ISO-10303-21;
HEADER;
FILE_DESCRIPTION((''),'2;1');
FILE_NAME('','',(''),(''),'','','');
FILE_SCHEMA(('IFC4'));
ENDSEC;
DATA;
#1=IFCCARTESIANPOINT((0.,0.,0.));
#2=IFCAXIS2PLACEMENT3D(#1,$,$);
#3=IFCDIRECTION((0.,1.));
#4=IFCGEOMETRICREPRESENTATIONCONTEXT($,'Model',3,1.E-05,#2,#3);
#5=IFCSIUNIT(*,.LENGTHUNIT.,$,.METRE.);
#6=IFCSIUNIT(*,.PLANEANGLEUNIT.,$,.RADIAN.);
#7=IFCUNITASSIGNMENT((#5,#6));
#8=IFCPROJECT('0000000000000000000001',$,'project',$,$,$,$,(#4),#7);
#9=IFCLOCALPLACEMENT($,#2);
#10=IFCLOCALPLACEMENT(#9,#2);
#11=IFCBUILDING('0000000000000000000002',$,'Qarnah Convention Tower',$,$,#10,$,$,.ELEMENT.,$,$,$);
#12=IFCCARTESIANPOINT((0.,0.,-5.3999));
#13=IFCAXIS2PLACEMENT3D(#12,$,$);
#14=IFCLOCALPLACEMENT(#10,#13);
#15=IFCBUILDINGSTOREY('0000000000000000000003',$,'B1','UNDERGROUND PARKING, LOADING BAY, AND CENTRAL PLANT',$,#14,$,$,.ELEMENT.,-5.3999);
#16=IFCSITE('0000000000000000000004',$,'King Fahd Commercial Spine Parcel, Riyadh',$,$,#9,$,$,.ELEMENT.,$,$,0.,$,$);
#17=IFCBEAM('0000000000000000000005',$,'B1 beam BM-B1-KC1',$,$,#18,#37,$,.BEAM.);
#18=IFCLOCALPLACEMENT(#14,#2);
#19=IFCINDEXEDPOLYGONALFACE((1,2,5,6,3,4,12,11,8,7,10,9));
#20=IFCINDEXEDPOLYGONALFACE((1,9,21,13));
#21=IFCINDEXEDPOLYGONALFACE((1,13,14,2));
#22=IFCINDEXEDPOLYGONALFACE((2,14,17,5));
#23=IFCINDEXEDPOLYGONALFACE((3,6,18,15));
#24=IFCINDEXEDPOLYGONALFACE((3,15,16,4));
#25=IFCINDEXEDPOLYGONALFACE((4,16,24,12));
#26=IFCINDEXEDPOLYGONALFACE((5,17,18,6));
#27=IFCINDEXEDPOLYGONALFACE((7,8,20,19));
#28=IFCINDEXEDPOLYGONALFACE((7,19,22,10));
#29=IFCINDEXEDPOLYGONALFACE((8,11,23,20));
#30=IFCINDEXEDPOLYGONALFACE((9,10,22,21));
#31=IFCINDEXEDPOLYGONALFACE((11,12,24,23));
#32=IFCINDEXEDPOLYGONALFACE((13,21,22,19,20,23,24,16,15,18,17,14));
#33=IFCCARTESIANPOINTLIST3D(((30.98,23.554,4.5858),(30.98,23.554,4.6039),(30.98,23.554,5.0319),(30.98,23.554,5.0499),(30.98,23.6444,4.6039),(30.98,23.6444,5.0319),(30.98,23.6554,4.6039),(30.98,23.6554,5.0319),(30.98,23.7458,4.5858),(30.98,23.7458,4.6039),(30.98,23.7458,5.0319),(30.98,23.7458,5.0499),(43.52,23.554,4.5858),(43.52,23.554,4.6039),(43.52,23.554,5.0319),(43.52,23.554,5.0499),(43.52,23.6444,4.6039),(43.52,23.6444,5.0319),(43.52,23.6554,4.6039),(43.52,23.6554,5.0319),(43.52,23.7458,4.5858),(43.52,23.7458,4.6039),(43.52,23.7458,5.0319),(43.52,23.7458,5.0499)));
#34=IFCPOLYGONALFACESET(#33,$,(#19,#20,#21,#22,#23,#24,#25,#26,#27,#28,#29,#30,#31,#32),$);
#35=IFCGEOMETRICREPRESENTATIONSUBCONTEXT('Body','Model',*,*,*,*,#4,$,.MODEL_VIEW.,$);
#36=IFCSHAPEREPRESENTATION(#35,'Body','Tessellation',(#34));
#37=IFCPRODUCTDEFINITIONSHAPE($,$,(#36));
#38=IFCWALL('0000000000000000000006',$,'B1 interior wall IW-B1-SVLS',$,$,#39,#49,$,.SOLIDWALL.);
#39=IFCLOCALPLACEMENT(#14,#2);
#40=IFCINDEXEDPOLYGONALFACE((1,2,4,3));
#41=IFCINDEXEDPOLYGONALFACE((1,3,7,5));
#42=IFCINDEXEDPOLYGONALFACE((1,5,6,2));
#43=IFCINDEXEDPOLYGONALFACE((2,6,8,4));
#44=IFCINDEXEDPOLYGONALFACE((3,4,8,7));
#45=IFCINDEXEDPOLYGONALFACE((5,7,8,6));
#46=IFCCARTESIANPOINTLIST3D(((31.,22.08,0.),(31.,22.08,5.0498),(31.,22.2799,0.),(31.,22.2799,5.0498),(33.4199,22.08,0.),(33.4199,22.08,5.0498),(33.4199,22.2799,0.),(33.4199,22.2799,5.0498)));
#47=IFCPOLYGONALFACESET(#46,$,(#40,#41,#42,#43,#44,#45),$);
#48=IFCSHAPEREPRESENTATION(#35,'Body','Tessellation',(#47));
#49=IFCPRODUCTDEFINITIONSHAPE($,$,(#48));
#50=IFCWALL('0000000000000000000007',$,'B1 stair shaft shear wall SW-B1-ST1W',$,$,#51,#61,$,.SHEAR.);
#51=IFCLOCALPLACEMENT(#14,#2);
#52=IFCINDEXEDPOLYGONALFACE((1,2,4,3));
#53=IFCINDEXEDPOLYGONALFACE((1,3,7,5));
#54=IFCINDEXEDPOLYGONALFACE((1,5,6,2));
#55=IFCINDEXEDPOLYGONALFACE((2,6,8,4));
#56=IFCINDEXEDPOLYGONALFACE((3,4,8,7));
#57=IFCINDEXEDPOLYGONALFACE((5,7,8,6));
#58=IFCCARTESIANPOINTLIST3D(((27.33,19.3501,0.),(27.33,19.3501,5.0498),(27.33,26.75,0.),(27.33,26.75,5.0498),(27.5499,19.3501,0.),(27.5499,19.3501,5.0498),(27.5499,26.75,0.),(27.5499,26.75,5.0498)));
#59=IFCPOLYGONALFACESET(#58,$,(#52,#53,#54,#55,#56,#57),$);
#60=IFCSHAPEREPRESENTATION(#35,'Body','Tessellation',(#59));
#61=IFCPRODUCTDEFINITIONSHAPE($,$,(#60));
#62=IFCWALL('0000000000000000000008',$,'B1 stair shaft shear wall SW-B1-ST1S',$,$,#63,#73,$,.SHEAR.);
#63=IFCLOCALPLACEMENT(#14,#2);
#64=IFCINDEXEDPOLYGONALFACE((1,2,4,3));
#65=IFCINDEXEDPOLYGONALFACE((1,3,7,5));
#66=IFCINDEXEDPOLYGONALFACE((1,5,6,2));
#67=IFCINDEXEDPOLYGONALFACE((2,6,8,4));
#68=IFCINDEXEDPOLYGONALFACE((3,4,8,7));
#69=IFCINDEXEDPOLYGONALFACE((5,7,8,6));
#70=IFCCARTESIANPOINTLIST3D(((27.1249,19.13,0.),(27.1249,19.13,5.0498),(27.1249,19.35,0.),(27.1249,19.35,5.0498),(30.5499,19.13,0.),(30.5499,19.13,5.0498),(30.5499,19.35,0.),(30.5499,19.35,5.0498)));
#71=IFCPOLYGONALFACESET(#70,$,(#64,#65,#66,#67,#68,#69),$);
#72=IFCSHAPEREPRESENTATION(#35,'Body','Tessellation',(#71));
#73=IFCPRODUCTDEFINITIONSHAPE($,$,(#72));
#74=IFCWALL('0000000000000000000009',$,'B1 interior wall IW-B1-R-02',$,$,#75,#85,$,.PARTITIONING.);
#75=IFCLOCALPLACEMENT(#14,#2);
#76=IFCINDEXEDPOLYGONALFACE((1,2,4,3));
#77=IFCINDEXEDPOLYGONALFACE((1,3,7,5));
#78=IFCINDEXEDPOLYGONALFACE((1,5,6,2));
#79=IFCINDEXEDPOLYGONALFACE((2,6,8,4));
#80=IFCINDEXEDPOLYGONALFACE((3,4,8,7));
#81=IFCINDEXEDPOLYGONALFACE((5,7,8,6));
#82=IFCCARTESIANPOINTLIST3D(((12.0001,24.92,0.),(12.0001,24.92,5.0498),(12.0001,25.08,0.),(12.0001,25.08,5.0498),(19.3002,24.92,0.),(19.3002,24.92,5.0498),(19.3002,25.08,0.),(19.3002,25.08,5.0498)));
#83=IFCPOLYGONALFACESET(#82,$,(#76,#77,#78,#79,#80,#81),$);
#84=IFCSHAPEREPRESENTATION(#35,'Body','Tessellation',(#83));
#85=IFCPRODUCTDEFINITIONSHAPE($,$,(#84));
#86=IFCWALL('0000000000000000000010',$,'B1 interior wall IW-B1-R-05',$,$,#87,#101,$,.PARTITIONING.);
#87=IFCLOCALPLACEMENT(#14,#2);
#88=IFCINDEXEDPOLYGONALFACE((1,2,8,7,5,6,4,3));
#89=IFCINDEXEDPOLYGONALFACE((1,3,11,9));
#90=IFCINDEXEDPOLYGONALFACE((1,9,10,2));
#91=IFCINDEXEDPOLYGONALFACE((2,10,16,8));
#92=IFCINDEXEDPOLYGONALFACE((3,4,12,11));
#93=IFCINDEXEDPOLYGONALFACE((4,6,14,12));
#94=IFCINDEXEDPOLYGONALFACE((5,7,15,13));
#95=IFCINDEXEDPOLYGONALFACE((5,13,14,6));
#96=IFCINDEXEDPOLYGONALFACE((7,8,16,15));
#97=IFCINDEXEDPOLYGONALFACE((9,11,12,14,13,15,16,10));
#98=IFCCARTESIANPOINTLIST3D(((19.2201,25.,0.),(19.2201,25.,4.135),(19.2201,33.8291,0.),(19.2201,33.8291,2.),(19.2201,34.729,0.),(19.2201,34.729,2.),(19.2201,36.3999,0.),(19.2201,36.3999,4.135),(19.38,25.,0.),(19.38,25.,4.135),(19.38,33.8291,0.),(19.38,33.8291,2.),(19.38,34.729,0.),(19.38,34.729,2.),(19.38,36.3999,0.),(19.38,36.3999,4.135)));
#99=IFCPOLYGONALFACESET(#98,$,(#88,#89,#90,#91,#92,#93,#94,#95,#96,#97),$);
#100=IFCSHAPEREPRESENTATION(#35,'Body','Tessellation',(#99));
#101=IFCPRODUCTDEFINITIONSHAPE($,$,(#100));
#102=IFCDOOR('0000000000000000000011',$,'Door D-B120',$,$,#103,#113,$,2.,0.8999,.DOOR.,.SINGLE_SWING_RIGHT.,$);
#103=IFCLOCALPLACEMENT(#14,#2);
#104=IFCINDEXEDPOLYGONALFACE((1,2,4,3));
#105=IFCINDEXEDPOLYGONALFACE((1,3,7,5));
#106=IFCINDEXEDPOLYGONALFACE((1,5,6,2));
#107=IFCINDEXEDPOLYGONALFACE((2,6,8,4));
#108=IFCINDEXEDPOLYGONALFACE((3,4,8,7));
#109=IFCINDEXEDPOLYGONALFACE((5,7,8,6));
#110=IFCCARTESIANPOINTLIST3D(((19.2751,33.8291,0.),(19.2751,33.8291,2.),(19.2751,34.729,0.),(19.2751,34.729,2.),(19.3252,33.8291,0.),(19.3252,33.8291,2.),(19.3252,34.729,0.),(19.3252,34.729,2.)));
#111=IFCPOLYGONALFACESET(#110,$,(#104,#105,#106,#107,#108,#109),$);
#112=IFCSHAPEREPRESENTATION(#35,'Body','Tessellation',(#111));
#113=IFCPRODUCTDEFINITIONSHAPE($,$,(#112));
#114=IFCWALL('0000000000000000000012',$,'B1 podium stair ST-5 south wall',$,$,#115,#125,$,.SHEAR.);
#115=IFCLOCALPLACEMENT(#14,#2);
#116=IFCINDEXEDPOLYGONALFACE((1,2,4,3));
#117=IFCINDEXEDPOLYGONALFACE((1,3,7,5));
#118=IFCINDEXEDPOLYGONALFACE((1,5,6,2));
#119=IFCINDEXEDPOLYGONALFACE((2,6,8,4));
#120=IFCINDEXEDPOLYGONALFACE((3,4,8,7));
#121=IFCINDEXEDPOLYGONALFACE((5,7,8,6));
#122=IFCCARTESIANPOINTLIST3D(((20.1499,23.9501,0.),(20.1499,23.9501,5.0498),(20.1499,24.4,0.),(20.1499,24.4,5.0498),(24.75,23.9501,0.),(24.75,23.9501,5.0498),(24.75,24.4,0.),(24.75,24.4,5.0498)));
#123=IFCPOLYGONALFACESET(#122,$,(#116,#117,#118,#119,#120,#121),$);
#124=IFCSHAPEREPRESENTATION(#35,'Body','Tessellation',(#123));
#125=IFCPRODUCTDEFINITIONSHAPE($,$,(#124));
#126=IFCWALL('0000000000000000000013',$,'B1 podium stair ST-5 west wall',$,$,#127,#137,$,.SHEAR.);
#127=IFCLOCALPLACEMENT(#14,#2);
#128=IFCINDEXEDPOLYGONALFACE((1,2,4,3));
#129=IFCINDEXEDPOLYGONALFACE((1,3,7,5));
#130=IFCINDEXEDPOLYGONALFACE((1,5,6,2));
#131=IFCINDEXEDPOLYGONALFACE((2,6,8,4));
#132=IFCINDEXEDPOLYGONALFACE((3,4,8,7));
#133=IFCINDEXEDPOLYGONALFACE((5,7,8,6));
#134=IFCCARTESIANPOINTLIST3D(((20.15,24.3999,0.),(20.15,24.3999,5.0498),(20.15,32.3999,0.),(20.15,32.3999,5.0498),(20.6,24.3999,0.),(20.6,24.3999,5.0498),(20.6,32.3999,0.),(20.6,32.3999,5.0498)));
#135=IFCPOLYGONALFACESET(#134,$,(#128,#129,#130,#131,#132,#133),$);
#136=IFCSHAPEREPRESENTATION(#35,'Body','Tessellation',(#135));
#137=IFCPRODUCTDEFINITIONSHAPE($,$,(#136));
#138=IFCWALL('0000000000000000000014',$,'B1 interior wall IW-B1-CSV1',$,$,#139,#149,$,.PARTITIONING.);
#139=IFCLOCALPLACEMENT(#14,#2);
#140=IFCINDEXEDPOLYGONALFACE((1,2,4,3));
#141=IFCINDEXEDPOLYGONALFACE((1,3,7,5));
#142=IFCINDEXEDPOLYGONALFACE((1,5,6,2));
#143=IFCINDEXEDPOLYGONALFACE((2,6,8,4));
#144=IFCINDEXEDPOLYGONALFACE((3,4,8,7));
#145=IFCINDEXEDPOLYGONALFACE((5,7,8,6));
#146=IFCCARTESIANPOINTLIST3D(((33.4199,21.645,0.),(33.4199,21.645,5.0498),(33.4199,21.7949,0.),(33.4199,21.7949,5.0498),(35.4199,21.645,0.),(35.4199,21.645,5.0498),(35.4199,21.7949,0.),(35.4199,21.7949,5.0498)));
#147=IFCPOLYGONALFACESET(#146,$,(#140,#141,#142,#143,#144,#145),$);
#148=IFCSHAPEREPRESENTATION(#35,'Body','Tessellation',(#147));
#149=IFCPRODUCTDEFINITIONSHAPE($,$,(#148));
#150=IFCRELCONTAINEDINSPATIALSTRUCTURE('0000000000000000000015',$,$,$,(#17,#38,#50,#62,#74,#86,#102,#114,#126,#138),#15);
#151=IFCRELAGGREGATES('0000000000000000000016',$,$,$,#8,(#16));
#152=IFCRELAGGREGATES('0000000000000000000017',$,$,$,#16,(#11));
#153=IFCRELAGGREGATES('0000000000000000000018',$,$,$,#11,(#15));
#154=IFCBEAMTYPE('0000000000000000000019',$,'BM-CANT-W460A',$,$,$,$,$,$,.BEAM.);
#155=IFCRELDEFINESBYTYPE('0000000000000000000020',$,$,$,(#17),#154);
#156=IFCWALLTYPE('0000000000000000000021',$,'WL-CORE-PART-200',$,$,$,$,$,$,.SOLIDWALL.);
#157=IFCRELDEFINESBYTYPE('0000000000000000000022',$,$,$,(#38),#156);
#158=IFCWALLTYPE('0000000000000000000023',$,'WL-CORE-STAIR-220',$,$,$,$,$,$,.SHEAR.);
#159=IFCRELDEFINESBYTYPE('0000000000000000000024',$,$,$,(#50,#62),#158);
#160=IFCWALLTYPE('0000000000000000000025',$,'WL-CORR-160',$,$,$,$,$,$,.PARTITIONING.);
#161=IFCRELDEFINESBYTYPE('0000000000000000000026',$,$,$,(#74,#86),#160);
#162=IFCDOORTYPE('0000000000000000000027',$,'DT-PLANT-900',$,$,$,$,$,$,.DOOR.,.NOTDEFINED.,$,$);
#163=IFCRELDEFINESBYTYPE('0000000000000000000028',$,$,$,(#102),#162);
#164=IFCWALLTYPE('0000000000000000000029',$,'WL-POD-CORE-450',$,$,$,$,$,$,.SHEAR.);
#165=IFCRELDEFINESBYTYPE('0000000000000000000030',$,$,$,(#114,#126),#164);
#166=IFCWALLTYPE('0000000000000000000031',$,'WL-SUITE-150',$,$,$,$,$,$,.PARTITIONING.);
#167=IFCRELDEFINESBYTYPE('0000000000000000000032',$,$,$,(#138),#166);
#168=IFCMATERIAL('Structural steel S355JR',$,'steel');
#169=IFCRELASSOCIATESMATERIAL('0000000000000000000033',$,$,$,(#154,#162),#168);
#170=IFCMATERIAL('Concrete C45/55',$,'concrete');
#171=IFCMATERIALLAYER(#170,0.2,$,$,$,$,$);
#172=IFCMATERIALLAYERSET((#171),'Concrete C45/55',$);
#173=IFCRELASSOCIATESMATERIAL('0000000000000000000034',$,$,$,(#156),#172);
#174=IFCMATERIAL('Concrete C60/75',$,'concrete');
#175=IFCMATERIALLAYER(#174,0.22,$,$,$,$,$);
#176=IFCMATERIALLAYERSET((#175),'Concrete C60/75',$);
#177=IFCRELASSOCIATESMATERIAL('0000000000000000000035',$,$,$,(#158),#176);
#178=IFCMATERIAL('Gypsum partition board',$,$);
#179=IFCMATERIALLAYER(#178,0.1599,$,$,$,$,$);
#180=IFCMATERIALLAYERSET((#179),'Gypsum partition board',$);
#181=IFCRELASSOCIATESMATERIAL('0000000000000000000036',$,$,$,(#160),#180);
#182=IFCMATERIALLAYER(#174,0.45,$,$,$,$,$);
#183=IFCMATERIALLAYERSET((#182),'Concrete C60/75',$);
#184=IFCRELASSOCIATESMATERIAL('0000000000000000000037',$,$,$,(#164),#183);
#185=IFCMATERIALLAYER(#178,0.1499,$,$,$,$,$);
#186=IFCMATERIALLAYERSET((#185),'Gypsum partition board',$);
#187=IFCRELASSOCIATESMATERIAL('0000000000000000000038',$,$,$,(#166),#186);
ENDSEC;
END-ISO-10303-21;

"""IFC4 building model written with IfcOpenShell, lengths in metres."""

from ifc_helpers import new_model, si_unit, direction, frame, frame_2d, origin, origin_2d, place, context, subcontext, project, spatial, rectangle, i_section, extrude, material, layer, layer_set, material_profile, profile_set, type_object, element, fill, save


model = new_model("IFC4")

# Units and contexts
model_context = context("Model", 3, precision=1e-05, world=origin(), true_north=direction((0.0, 1.0)))
body_context = subcontext(model_context, "Body", "Model", "MODEL_VIEW")
ifc_project = project(units=[si_unit("LENGTHUNIT", "METRE"), si_unit("PLANEANGLEUNIT", "RADIAN")], contexts=[model_context])

# Site, building, storey
site_placement = place(None, origin())
site = spatial("IfcSite", under=ifc_project, at=site_placement, Name="King Fahd Commercial Spine Parcel, Riyadh", CompositionType="ELEMENT", RefElevation=0.0)
building_placement = place(site_placement, origin())
building = spatial("IfcBuilding", under=site, at=building_placement, Name="Qarnah Convention Tower", CompositionType="ELEMENT")
storey_placement = place(building_placement, frame((0.0, 0.0, -5.3999)))
storey = spatial("IfcBuildingStorey", under=building, at=storey_placement, Name="B1", Description="UNDERGROUND PARKING, LOADING BAY, AND CENTRAL PLANT", CompositionType="ELEMENT", Elevation=-5.3999)

# Shared definitions
ifc_material_1 = material(Name="Structural steel S355JR", Category="steel")

# Beam
ifc_material_profile_1 = material_profile(ifc_material_1, i_section(OverallWidth=0.1919, OverallDepth=0.4641, WebThickness=0.011, FlangeThickness=0.0181, at=origin_2d()), Name="W460X89")
ifc_profile_set_1 = profile_set([ifc_material_profile_1], Name="Structural steel S355JR")
beam_type = type_object("IfcBeamType", Name="BM-CANT-W460A", PredefinedType="BEAM", material=ifc_profile_set_1)
beam_placement = place(storey_placement, frame((30.98, 23.6499, 4.8179), z_axis=(1.0, 0.0, 0.0), x_axis=(0.0, 1.0, 0.0)))
element("IfcBeam", 1, at=beam_placement, inside=storey, type_object=beam_type, Name="B1 beam BM-B1-KC1", PredefinedType="BEAM", context=body_context, shape_type="SweptSolid", body=[
    extrude(i_section(OverallWidth=0.1919, OverallDepth=0.4641, WebThickness=0.011, FlangeThickness=0.0181, at=origin_2d()), origin(), (0.0, 0.0, 1.0), 12.54),
])

# Shared definitions
ifc_material_2 = material(Name="Concrete C45/55", Category="concrete")
ifc_layer_1 = layer(ifc_material_2, 0.2)
ifc_layer_set_1 = layer_set([ifc_layer_1], Name="Concrete C45/55")
wall_type_1 = type_object("IfcWallType", Name="WL-CORE-PART-200", PredefinedType="SOLIDWALL", material=ifc_layer_set_1)

# Walls
wall_1_placement = place(storey_placement, frame((31.0, 22.1799, 0.0), z_axis=(0.0, 0.0, 1.0), x_axis=(1.0, 0.0, 0.0)))
element("IfcWall", 2, at=wall_1_placement, inside=storey, type_object=wall_type_1, Name="B1 interior wall IW-B1-SVLS", PredefinedType="SOLIDWALL", context=body_context, shape_type="SweptSolid", body=[
    extrude(rectangle(XDim=2.4199, YDim=0.2, at=frame_2d((1.21, 0.0))), origin(), (0.0, 0.0, 1.0), 5.0498),
])
ifc_material_3 = material(Name="Concrete C60/75", Category="concrete")
ifc_layer_2 = layer(ifc_material_3, 0.22)
ifc_layer_set_2 = layer_set([ifc_layer_2], Name="Concrete C60/75")
wall_type_2 = type_object("IfcWallType", Name="WL-CORE-STAIR-220", PredefinedType="SHEAR", material=ifc_layer_set_2)
wall_2_placement = place(storey_placement, frame((27.4399, 19.3501, 0.0), z_axis=(0.0, 0.0, 1.0), x_axis=(0.0, 1.0, 0.0)))
element("IfcWall", 3, at=wall_2_placement, inside=storey, type_object=wall_type_2, Name="B1 stair shaft shear wall SW-B1-ST1W", PredefinedType="SHEAR", context=body_context, shape_type="SweptSolid", body=[
    extrude(rectangle(XDim=7.3999, YDim=0.22, at=frame_2d((3.7, 0.0))), origin(), (0.0, 0.0, 1.0), 5.0498),
])
wall_3_placement = place(storey_placement, frame((27.125, 19.24, 0.0), z_axis=(0.0, 0.0, 1.0), x_axis=(1.0, 0.0, 0.0)))
element("IfcWall", 4, at=wall_3_placement, inside=storey, type_object=wall_type_2, Name="B1 stair shaft shear wall SW-B1-ST1S", PredefinedType="SHEAR", context=body_context, shape_type="SweptSolid", body=[
    extrude(rectangle(XDim=3.425, YDim=0.22, at=frame_2d((1.7124, 0.0))), origin(), (0.0, 0.0, 1.0), 5.0498),
])
ifc_material_4 = material(Name="Gypsum partition board")
ifc_layer_3 = layer(ifc_material_4, 0.1599)
ifc_layer_set_3 = layer_set([ifc_layer_3], Name="Gypsum partition board")
wall_type_3 = type_object("IfcWallType", Name="WL-CORR-160", PredefinedType="PARTITIONING", material=ifc_layer_set_3)
wall_4_placement = place(storey_placement, frame((19.3, 25.0, 0.0), z_axis=(0.0, 0.0, 1.0), x_axis=(-1.0, 0.0, 0.0)))
element("IfcWall", 5, at=wall_4_placement, inside=storey, type_object=wall_type_3, Name="B1 interior wall IW-B1-R-02", PredefinedType="PARTITIONING", context=body_context, shape_type="SweptSolid", body=[
    extrude(rectangle(XDim=7.3, YDim=0.1599, at=frame_2d((3.6499, 0.0))), origin(), (0.0, 0.0, 1.0), 5.0498),
])

# Wall, opening, door
wall_5_placement = place(storey_placement, frame((19.3, 25.0, 0.0), z_axis=(0.0, 0.0, 1.0), x_axis=(0.0, 1.0, 0.0)))
wall_5 = element("IfcWall", 6, at=wall_5_placement, inside=storey, type_object=wall_type_3, Name="B1 interior wall IW-B1-R-05", PredefinedType="PARTITIONING", context=body_context, shape_type="SweptSolid", body=[
    extrude(rectangle(XDim=11.3999, YDim=0.1599, at=frame_2d((5.7, 0.0))), origin(), (0.0, 0.0, 1.0), 4.135),
])
opening_1_placement = place(wall_5_placement, frame((8.8291, 0.0, 0.0)))
opening_1 = element("IfcOpeningElement", 7, at=opening_1_placement, cuts=wall_5, PredefinedType="OPENING", context=body_context, shape_type="SweptSolid", body=[
    extrude(rectangle(XDim=0.8999, YDim=2.0, at=frame_2d((0.45, 1.0))), frame((0.0, 0.0898, 0.0), z_axis=(0.0, -1.0, 0.0), x_axis=(1.0, 0.0, 0.0)), (0.0, 0.0, 1.0), 0.1799),
])
door_type_1 = type_object("IfcDoorType", Name="DT-PLANT-900", OperationType="NOTDEFINED", PredefinedType="DOOR", material=ifc_material_1)
door_1_placement = place(opening_1_placement, origin())
door_1 = element("IfcDoor", 8, at=door_1_placement, inside=storey, type_object=door_type_1, Name="Door D-B120", OperationType="SINGLE_SWING_RIGHT", OverallHeight=2.0, OverallWidth=0.8999, PredefinedType="DOOR", context=body_context, shape_type="SweptSolid", body=[
    extrude(rectangle(XDim=0.8999, YDim=2.0, at=frame_2d((0.45, 1.0))), frame((0.0, 0.0249, 0.0), z_axis=(0.0, -1.0, 0.0), x_axis=(1.0, 0.0, 0.0)), (0.0, 0.0, 1.0), 0.05),
])
fill(opening_1, door_1)

# Walls
ifc_layer_4 = layer(ifc_material_3, 0.45)
ifc_layer_set_4 = layer_set([ifc_layer_4], Name="Concrete C60/75")
wall_type_4 = type_object("IfcWallType", Name="WL-POD-CORE-450", PredefinedType="SHEAR", material=ifc_layer_set_4)
wall_6_placement = place(storey_placement, frame((20.1499, 24.175, 0.0), z_axis=(0.0, 0.0, 1.0), x_axis=(1.0, 0.0, 0.0)))
element("IfcWall", 9, at=wall_6_placement, inside=storey, type_object=wall_type_4, Name="B1 podium stair ST-5 south wall", PredefinedType="SHEAR", context=body_context, shape_type="SweptSolid", body=[
    extrude(rectangle(XDim=4.6001, YDim=0.45, at=frame_2d((2.3, 0.0))), origin(), (0.0, 0.0, 1.0), 5.0498),
])
wall_7_placement = place(storey_placement, frame((20.375, 24.3999, 0.0), z_axis=(0.0, 0.0, 1.0), x_axis=(0.0, 1.0, 0.0)))
element("IfcWall", 10, at=wall_7_placement, inside=storey, type_object=wall_type_4, Name="B1 podium stair ST-5 west wall", PredefinedType="SHEAR", context=body_context, shape_type="SweptSolid", body=[
    extrude(rectangle(XDim=8.0, YDim=0.45, at=frame_2d((4.0, 0.0))), origin(), (0.0, 0.0, 1.0), 5.0498),
])

# Wall
ifc_layer_5 = layer(ifc_material_4, 0.1499)
ifc_layer_set_5 = layer_set([ifc_layer_5], Name="Gypsum partition board")
wall_type_5 = type_object("IfcWallType", Name="WL-SUITE-150", PredefinedType="PARTITIONING", material=ifc_layer_set_5)
wall_8_placement = place(storey_placement, frame((33.4199, 21.72, 0.0), z_axis=(0.0, 0.0, 1.0), x_axis=(1.0, 0.0, 0.0)))
element("IfcWall", 11, at=wall_8_placement, inside=storey, type_object=wall_type_5, Name="B1 interior wall IW-B1-CSV1", PredefinedType="PARTITIONING", context=body_context, shape_type="SweptSolid", body=[
    extrude(rectangle(XDim=2.0, YDim=0.1499, at=frame_2d((1.0, 0.0))), origin(), (0.0, 0.0, 1.0), 5.0498),
])

save(model, "model.ifc")
